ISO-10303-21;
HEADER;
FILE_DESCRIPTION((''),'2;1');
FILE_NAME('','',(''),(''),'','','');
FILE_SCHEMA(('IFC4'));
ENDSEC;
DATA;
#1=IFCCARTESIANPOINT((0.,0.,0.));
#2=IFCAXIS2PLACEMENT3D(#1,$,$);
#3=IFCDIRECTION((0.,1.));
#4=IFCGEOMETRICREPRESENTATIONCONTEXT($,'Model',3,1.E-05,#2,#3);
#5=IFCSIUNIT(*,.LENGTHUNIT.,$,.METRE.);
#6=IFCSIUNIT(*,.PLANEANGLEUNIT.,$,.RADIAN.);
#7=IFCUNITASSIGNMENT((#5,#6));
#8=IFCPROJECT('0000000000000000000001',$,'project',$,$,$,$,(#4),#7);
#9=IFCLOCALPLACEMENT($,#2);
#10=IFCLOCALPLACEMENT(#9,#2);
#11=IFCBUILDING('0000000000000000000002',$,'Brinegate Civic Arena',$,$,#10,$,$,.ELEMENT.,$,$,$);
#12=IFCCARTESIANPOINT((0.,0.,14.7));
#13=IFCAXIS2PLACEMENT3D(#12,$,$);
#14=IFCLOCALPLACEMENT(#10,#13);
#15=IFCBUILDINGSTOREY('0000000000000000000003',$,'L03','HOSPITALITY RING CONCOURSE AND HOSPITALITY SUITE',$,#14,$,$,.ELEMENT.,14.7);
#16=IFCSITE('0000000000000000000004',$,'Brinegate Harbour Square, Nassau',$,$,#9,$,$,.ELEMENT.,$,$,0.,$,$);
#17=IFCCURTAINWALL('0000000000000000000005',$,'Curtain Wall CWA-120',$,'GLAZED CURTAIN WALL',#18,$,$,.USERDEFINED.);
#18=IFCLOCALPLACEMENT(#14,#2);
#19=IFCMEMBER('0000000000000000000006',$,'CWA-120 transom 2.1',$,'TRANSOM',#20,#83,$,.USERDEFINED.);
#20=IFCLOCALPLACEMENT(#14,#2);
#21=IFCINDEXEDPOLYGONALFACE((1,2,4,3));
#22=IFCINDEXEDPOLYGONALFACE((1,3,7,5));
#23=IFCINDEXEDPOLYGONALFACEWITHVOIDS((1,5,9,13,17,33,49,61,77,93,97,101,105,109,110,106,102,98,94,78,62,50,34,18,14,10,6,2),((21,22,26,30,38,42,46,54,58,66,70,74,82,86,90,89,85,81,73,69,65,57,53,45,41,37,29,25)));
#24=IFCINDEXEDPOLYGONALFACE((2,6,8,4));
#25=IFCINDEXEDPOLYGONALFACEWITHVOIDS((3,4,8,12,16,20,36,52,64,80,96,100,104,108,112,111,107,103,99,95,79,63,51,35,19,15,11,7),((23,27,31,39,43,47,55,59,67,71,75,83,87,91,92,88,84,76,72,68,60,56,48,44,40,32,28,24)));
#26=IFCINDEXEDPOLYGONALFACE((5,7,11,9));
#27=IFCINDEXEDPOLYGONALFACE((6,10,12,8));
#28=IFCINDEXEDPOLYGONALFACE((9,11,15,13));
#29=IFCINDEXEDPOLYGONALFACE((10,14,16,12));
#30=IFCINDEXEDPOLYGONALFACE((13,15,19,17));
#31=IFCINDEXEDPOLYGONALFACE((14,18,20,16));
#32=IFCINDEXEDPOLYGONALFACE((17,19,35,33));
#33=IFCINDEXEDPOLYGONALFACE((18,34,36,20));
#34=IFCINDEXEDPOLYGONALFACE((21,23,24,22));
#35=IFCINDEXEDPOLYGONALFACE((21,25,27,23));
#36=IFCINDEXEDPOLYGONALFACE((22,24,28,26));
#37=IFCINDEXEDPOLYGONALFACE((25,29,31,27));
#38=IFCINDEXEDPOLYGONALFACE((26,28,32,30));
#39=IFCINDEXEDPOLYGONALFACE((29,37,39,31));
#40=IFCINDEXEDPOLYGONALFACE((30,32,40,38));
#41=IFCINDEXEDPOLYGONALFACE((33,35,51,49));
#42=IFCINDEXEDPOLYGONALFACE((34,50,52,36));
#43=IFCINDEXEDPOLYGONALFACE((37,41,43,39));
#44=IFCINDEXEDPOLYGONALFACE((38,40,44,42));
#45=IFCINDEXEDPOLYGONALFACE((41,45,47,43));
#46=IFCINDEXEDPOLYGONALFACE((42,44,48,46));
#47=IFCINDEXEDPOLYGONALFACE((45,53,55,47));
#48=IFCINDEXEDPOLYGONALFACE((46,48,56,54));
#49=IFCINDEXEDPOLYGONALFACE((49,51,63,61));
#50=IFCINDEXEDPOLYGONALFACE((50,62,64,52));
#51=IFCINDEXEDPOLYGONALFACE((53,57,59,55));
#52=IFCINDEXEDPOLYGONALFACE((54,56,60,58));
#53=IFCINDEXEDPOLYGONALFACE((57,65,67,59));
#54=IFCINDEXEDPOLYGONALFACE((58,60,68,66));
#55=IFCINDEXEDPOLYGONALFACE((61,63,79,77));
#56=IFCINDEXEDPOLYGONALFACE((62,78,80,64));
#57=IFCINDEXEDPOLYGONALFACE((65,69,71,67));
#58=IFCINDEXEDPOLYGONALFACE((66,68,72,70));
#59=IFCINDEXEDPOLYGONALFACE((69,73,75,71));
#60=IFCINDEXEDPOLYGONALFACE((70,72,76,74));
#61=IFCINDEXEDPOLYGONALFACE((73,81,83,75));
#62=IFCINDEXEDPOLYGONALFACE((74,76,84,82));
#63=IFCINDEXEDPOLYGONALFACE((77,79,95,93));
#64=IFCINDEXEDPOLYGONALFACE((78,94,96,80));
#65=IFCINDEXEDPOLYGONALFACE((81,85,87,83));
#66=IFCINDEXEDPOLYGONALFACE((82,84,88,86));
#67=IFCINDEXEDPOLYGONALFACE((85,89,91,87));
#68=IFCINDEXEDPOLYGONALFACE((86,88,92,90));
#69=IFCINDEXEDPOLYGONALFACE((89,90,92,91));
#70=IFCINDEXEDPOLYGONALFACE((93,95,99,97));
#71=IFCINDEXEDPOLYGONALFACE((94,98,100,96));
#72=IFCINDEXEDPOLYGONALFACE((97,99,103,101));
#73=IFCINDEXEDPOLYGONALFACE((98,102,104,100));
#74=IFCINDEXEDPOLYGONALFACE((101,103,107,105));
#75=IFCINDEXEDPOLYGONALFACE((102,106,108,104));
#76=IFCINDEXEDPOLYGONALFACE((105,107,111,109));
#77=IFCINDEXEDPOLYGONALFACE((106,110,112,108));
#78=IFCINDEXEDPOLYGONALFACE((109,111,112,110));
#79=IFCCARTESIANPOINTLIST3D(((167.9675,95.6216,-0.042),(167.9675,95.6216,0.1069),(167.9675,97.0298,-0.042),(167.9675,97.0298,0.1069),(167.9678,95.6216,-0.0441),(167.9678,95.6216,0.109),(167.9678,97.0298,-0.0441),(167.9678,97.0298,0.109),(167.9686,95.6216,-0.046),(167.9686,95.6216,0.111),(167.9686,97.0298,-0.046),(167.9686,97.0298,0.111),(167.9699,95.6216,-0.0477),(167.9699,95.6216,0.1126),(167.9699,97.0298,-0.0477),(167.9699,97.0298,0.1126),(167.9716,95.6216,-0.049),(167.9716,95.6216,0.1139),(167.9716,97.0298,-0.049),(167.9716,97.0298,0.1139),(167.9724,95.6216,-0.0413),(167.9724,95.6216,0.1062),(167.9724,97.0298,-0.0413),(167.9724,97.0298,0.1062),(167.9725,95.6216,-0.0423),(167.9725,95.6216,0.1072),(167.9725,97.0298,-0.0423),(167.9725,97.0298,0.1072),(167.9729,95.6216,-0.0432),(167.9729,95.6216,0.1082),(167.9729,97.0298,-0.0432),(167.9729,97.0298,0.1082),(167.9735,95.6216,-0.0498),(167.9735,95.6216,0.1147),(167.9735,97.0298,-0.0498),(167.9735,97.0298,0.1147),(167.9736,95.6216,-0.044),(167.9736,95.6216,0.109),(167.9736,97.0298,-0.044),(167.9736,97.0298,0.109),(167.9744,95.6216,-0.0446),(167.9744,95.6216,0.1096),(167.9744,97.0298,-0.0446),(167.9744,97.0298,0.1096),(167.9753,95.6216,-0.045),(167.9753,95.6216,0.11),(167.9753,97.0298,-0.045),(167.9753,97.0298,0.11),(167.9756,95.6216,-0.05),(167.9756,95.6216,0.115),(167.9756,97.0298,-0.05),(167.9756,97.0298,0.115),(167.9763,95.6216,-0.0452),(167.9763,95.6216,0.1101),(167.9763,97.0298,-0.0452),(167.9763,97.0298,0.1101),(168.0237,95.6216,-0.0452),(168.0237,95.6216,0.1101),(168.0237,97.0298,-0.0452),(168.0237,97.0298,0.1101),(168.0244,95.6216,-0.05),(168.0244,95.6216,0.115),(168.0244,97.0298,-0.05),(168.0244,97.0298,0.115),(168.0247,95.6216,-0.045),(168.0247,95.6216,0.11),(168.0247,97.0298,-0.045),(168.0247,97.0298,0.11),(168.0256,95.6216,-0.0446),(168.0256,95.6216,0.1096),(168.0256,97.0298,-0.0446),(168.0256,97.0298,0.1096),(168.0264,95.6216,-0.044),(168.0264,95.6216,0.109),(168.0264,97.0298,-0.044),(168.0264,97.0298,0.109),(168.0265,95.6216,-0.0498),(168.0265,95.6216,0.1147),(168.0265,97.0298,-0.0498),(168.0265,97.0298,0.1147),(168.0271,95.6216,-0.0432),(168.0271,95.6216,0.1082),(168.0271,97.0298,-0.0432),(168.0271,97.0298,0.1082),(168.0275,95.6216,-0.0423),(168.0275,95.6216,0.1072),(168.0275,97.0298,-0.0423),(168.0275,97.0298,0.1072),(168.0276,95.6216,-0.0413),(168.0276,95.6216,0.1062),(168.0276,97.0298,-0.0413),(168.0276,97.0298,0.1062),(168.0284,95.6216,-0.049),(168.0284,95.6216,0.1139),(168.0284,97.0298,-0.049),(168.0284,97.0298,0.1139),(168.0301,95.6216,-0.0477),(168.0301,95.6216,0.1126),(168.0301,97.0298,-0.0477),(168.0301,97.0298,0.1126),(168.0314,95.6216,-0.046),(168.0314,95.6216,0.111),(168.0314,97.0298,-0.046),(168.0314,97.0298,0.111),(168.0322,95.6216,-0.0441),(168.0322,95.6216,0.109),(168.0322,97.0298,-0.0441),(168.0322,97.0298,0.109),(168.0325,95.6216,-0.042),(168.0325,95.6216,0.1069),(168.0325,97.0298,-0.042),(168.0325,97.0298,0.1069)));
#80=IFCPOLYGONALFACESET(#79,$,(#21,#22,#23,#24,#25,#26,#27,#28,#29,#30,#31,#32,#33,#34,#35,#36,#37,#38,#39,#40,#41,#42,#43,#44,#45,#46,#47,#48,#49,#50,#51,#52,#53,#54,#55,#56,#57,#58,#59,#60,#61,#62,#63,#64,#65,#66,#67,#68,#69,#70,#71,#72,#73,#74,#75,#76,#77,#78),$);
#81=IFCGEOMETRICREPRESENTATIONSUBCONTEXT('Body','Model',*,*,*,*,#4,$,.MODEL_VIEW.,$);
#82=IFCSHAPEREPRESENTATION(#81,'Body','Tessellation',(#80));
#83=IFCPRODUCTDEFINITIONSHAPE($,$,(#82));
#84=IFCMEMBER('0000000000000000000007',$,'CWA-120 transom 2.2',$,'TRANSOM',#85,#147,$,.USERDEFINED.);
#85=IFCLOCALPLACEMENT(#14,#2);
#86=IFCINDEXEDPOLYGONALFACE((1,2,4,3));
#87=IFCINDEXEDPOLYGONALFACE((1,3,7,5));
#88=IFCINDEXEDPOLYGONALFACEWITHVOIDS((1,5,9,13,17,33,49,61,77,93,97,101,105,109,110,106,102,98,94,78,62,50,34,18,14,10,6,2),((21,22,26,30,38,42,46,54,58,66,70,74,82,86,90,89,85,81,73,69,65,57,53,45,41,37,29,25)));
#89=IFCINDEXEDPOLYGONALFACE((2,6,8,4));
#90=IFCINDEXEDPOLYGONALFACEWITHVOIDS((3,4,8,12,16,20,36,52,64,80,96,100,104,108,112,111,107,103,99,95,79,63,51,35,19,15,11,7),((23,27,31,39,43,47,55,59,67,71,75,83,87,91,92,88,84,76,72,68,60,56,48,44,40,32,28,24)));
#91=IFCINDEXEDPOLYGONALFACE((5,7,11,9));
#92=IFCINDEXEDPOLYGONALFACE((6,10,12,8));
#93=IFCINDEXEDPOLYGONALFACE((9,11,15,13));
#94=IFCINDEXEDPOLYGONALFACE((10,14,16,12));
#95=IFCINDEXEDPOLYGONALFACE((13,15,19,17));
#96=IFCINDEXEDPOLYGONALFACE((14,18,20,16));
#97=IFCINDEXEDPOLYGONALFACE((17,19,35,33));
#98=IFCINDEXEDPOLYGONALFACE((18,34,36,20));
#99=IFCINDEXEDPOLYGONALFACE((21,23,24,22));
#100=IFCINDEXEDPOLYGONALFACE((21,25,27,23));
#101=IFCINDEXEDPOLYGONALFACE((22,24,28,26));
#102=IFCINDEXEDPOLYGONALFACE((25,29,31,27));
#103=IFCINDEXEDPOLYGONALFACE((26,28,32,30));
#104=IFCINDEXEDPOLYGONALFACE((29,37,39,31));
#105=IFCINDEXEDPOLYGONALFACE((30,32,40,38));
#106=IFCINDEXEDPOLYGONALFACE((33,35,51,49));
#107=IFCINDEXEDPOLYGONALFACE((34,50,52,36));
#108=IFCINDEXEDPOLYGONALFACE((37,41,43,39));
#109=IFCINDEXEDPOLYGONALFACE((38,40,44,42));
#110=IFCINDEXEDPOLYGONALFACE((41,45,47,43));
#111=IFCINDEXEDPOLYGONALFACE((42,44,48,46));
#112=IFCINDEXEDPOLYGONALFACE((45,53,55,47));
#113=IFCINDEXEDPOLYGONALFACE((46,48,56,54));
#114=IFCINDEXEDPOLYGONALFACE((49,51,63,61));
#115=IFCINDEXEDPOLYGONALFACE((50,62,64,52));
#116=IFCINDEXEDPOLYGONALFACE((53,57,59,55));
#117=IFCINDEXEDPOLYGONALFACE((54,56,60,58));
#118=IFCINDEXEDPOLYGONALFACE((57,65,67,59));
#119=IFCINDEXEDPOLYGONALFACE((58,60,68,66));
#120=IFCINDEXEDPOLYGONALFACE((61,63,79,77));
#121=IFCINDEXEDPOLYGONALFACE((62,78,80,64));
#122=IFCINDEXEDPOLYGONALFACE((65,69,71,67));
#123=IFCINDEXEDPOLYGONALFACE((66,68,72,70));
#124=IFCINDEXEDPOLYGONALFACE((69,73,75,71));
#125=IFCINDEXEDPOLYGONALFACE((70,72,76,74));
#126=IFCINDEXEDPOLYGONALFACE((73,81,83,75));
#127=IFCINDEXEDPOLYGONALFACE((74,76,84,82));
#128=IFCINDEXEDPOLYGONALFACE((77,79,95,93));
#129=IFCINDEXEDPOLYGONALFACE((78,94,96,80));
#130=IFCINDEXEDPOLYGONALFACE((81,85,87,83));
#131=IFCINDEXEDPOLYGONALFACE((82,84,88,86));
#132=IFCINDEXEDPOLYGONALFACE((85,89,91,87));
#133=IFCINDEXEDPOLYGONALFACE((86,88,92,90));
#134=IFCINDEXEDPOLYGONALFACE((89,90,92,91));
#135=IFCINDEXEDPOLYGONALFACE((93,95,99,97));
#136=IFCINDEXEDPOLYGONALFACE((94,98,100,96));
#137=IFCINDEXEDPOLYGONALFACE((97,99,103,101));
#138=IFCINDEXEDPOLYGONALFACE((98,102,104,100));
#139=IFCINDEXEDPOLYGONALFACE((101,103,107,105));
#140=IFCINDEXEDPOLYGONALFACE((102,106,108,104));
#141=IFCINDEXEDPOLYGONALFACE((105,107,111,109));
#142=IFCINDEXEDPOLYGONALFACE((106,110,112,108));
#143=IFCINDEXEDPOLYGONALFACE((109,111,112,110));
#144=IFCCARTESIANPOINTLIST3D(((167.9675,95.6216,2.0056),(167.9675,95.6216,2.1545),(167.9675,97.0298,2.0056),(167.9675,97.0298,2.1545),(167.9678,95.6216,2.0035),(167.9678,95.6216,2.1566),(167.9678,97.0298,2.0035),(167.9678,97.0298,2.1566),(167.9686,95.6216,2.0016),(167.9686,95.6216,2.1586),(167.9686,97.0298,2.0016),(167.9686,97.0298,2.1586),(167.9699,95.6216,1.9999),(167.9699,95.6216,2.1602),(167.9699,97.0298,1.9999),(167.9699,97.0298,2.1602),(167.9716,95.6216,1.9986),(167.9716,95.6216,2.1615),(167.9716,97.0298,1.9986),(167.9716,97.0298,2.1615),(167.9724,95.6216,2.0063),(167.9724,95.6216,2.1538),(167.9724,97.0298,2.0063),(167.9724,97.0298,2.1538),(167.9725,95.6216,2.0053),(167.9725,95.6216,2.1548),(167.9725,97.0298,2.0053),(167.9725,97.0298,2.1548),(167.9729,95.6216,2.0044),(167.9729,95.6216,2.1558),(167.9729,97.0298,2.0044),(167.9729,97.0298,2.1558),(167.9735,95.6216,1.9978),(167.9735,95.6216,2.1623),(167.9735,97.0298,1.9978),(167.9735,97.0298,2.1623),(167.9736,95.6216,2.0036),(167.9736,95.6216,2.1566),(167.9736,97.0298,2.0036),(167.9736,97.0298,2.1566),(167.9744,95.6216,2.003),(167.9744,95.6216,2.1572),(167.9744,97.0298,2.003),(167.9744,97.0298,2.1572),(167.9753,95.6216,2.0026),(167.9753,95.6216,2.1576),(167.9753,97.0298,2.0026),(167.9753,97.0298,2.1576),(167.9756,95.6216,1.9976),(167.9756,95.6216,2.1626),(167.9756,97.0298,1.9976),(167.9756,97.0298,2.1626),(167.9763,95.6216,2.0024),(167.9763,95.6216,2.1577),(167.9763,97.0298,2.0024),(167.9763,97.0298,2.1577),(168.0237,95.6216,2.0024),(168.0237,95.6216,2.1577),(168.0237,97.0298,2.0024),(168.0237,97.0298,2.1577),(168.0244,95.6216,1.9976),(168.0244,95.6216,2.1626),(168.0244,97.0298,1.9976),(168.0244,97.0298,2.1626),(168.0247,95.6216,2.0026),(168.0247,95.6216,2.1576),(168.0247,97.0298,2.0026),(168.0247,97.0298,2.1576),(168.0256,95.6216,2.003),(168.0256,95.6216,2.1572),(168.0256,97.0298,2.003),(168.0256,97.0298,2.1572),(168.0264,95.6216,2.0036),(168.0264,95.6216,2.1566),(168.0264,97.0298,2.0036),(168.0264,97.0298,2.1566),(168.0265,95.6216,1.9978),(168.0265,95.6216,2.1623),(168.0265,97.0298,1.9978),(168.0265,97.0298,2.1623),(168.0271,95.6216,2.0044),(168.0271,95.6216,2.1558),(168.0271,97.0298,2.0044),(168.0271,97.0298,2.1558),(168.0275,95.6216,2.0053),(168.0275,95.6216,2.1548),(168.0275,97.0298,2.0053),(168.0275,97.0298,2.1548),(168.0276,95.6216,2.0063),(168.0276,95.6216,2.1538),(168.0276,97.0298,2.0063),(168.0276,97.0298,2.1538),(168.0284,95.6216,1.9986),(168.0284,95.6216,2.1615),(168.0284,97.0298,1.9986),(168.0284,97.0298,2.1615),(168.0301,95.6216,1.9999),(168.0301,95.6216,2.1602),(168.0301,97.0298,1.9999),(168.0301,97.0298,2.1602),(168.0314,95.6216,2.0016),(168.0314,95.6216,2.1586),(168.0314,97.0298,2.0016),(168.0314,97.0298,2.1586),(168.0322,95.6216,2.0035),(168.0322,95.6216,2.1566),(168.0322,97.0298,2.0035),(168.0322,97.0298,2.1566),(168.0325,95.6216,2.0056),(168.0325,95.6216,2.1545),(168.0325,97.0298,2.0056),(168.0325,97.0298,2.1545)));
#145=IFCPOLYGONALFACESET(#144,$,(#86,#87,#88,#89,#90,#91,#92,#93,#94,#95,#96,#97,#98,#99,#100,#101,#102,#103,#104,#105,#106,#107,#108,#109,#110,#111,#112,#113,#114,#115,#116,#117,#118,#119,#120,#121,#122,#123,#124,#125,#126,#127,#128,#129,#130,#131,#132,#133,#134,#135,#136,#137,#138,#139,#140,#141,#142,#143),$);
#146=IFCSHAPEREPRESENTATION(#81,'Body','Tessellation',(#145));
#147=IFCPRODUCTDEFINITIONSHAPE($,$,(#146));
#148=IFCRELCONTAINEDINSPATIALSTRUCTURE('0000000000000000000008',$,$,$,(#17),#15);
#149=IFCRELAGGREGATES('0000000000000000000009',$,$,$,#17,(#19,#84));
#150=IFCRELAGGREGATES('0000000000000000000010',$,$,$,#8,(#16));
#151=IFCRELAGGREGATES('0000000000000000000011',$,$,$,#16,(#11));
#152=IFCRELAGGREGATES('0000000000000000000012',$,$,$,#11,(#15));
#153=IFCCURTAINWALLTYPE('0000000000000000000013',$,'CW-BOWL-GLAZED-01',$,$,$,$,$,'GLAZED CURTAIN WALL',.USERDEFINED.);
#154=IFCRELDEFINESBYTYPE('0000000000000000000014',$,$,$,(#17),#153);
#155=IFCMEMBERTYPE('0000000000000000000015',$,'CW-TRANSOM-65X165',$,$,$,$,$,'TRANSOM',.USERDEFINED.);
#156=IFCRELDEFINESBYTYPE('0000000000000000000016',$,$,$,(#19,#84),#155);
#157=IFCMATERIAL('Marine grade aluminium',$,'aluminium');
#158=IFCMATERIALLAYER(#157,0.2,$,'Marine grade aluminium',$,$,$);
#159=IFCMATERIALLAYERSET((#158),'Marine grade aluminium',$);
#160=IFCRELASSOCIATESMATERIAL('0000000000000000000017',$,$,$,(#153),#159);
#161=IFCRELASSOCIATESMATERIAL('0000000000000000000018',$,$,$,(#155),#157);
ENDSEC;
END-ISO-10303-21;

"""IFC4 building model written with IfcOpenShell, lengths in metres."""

from ifc_helpers import new_model, si_unit, direction, frame, origin, origin_2d, place, context, subcontext, project, spatial, hollow_rectangle, extrude, material, layer, layer_set, material_profile, profile_set, type_object, element, aggregate, save


model = new_model("IFC4")

# Units and contexts
model_context = context("Model", 3, precision=1e-05, world=origin(), true_north=direction((0.0, 1.0)))
body_context = subcontext(model_context, "Body", "Model", "MODEL_VIEW")
ifc_project = project(units=[si_unit("LENGTHUNIT", "METRE"), si_unit("PLANEANGLEUNIT", "RADIAN")], contexts=[model_context])

# Site, building, storey
site_placement = place(None, origin())
site = spatial("IfcSite", under=ifc_project, at=site_placement, Name="Brinegate Harbour Square, Nassau", CompositionType="ELEMENT", RefElevation=0.0)
building_placement = place(site_placement, origin())
building = spatial("IfcBuilding", under=site, at=building_placement, Name="Brinegate Civic Arena", CompositionType="ELEMENT")
storey_placement = place(building_placement, frame((0.0, 0.0, 14.7)))
storey = spatial("IfcBuildingStorey", under=building, at=storey_placement, Name="L03", Description="HOSPITALITY RING CONCOURSE AND HOSPITALITY SUITE", CompositionType="ELEMENT", Elevation=14.7)

# Curtain wall, members
ifc_material_1 = material(Name="Marine grade aluminium", Category="aluminium")
ifc_layer_1 = layer(ifc_material_1, 0.2, Name="Marine grade aluminium")
ifc_layer_set_1 = layer_set([ifc_layer_1], Name="Marine grade aluminium")
curtain_wall_type = type_object("IfcCurtainWallType", Name="CW-BOWL-GLAZED-01", ElementType="GLAZED CURTAIN WALL", PredefinedType="USERDEFINED", material=ifc_layer_set_1)
curtain_wall_placement = place(storey_placement, origin())
curtain_wall = element("IfcCurtainWall", 1, at=curtain_wall_placement, inside=storey, type_object=curtain_wall_type, Name="Curtain Wall CWA-120", ObjectType="GLAZED CURTAIN WALL", PredefinedType="USERDEFINED")
ifc_material_profile_1 = material_profile(ifc_material_1, hollow_rectangle(XDim=0.0649, YDim=0.165, WallThickness=0.0049, InnerFilletRadius=0.0039, OuterFilletRadius=0.0081, at=origin_2d()), Name="TRN65X165")
ifc_profile_set_1 = profile_set([ifc_material_profile_1], Name="Marine grade aluminium")
member_type_1 = type_object("IfcMemberType", Name="CW-TRANSOM-65X165", ElementType="TRANSOM", PredefinedType="USERDEFINED", material=ifc_profile_set_1)
member_1_placement = place(storey_placement, frame((168.0, 95.6216, 0.0325), z_axis=(0.0, 1.0, 0.0), x_axis=(-1.0, 0.0, 0.0)))
member_1 = element("IfcMember", 2, at=member_1_placement, type_object=member_type_1, Name="CWA-120 transom 2.1", ObjectType="TRANSOM", PredefinedType="USERDEFINED", context=body_context, shape_type="SweptSolid", body=[
    extrude(hollow_rectangle(XDim=0.0649, YDim=0.165, WallThickness=0.0049, InnerFilletRadius=0.0039, OuterFilletRadius=0.0081, at=origin_2d()), origin(), (0.0, 0.0, 1.0), 1.4082),
])
member_2_placement = place(storey_placement, frame((168.0, 95.6216, 2.0801), z_axis=(0.0, 1.0, 0.0), x_axis=(-1.0, 0.0, 0.0)))
member_2 = element("IfcMember", 3, at=member_2_placement, type_object=member_type_1, Name="CWA-120 transom 2.2", ObjectType="TRANSOM", PredefinedType="USERDEFINED", context=body_context, shape_type="SweptSolid", body=[
    extrude(hollow_rectangle(XDim=0.0649, YDim=0.165, WallThickness=0.0049, InnerFilletRadius=0.0039, OuterFilletRadius=0.0081, at=origin_2d()), origin(), (0.0, 0.0, 1.0), 1.4082),
])

aggregate(curtain_wall, [member_1, member_2])

save(model, "model.ifc")
